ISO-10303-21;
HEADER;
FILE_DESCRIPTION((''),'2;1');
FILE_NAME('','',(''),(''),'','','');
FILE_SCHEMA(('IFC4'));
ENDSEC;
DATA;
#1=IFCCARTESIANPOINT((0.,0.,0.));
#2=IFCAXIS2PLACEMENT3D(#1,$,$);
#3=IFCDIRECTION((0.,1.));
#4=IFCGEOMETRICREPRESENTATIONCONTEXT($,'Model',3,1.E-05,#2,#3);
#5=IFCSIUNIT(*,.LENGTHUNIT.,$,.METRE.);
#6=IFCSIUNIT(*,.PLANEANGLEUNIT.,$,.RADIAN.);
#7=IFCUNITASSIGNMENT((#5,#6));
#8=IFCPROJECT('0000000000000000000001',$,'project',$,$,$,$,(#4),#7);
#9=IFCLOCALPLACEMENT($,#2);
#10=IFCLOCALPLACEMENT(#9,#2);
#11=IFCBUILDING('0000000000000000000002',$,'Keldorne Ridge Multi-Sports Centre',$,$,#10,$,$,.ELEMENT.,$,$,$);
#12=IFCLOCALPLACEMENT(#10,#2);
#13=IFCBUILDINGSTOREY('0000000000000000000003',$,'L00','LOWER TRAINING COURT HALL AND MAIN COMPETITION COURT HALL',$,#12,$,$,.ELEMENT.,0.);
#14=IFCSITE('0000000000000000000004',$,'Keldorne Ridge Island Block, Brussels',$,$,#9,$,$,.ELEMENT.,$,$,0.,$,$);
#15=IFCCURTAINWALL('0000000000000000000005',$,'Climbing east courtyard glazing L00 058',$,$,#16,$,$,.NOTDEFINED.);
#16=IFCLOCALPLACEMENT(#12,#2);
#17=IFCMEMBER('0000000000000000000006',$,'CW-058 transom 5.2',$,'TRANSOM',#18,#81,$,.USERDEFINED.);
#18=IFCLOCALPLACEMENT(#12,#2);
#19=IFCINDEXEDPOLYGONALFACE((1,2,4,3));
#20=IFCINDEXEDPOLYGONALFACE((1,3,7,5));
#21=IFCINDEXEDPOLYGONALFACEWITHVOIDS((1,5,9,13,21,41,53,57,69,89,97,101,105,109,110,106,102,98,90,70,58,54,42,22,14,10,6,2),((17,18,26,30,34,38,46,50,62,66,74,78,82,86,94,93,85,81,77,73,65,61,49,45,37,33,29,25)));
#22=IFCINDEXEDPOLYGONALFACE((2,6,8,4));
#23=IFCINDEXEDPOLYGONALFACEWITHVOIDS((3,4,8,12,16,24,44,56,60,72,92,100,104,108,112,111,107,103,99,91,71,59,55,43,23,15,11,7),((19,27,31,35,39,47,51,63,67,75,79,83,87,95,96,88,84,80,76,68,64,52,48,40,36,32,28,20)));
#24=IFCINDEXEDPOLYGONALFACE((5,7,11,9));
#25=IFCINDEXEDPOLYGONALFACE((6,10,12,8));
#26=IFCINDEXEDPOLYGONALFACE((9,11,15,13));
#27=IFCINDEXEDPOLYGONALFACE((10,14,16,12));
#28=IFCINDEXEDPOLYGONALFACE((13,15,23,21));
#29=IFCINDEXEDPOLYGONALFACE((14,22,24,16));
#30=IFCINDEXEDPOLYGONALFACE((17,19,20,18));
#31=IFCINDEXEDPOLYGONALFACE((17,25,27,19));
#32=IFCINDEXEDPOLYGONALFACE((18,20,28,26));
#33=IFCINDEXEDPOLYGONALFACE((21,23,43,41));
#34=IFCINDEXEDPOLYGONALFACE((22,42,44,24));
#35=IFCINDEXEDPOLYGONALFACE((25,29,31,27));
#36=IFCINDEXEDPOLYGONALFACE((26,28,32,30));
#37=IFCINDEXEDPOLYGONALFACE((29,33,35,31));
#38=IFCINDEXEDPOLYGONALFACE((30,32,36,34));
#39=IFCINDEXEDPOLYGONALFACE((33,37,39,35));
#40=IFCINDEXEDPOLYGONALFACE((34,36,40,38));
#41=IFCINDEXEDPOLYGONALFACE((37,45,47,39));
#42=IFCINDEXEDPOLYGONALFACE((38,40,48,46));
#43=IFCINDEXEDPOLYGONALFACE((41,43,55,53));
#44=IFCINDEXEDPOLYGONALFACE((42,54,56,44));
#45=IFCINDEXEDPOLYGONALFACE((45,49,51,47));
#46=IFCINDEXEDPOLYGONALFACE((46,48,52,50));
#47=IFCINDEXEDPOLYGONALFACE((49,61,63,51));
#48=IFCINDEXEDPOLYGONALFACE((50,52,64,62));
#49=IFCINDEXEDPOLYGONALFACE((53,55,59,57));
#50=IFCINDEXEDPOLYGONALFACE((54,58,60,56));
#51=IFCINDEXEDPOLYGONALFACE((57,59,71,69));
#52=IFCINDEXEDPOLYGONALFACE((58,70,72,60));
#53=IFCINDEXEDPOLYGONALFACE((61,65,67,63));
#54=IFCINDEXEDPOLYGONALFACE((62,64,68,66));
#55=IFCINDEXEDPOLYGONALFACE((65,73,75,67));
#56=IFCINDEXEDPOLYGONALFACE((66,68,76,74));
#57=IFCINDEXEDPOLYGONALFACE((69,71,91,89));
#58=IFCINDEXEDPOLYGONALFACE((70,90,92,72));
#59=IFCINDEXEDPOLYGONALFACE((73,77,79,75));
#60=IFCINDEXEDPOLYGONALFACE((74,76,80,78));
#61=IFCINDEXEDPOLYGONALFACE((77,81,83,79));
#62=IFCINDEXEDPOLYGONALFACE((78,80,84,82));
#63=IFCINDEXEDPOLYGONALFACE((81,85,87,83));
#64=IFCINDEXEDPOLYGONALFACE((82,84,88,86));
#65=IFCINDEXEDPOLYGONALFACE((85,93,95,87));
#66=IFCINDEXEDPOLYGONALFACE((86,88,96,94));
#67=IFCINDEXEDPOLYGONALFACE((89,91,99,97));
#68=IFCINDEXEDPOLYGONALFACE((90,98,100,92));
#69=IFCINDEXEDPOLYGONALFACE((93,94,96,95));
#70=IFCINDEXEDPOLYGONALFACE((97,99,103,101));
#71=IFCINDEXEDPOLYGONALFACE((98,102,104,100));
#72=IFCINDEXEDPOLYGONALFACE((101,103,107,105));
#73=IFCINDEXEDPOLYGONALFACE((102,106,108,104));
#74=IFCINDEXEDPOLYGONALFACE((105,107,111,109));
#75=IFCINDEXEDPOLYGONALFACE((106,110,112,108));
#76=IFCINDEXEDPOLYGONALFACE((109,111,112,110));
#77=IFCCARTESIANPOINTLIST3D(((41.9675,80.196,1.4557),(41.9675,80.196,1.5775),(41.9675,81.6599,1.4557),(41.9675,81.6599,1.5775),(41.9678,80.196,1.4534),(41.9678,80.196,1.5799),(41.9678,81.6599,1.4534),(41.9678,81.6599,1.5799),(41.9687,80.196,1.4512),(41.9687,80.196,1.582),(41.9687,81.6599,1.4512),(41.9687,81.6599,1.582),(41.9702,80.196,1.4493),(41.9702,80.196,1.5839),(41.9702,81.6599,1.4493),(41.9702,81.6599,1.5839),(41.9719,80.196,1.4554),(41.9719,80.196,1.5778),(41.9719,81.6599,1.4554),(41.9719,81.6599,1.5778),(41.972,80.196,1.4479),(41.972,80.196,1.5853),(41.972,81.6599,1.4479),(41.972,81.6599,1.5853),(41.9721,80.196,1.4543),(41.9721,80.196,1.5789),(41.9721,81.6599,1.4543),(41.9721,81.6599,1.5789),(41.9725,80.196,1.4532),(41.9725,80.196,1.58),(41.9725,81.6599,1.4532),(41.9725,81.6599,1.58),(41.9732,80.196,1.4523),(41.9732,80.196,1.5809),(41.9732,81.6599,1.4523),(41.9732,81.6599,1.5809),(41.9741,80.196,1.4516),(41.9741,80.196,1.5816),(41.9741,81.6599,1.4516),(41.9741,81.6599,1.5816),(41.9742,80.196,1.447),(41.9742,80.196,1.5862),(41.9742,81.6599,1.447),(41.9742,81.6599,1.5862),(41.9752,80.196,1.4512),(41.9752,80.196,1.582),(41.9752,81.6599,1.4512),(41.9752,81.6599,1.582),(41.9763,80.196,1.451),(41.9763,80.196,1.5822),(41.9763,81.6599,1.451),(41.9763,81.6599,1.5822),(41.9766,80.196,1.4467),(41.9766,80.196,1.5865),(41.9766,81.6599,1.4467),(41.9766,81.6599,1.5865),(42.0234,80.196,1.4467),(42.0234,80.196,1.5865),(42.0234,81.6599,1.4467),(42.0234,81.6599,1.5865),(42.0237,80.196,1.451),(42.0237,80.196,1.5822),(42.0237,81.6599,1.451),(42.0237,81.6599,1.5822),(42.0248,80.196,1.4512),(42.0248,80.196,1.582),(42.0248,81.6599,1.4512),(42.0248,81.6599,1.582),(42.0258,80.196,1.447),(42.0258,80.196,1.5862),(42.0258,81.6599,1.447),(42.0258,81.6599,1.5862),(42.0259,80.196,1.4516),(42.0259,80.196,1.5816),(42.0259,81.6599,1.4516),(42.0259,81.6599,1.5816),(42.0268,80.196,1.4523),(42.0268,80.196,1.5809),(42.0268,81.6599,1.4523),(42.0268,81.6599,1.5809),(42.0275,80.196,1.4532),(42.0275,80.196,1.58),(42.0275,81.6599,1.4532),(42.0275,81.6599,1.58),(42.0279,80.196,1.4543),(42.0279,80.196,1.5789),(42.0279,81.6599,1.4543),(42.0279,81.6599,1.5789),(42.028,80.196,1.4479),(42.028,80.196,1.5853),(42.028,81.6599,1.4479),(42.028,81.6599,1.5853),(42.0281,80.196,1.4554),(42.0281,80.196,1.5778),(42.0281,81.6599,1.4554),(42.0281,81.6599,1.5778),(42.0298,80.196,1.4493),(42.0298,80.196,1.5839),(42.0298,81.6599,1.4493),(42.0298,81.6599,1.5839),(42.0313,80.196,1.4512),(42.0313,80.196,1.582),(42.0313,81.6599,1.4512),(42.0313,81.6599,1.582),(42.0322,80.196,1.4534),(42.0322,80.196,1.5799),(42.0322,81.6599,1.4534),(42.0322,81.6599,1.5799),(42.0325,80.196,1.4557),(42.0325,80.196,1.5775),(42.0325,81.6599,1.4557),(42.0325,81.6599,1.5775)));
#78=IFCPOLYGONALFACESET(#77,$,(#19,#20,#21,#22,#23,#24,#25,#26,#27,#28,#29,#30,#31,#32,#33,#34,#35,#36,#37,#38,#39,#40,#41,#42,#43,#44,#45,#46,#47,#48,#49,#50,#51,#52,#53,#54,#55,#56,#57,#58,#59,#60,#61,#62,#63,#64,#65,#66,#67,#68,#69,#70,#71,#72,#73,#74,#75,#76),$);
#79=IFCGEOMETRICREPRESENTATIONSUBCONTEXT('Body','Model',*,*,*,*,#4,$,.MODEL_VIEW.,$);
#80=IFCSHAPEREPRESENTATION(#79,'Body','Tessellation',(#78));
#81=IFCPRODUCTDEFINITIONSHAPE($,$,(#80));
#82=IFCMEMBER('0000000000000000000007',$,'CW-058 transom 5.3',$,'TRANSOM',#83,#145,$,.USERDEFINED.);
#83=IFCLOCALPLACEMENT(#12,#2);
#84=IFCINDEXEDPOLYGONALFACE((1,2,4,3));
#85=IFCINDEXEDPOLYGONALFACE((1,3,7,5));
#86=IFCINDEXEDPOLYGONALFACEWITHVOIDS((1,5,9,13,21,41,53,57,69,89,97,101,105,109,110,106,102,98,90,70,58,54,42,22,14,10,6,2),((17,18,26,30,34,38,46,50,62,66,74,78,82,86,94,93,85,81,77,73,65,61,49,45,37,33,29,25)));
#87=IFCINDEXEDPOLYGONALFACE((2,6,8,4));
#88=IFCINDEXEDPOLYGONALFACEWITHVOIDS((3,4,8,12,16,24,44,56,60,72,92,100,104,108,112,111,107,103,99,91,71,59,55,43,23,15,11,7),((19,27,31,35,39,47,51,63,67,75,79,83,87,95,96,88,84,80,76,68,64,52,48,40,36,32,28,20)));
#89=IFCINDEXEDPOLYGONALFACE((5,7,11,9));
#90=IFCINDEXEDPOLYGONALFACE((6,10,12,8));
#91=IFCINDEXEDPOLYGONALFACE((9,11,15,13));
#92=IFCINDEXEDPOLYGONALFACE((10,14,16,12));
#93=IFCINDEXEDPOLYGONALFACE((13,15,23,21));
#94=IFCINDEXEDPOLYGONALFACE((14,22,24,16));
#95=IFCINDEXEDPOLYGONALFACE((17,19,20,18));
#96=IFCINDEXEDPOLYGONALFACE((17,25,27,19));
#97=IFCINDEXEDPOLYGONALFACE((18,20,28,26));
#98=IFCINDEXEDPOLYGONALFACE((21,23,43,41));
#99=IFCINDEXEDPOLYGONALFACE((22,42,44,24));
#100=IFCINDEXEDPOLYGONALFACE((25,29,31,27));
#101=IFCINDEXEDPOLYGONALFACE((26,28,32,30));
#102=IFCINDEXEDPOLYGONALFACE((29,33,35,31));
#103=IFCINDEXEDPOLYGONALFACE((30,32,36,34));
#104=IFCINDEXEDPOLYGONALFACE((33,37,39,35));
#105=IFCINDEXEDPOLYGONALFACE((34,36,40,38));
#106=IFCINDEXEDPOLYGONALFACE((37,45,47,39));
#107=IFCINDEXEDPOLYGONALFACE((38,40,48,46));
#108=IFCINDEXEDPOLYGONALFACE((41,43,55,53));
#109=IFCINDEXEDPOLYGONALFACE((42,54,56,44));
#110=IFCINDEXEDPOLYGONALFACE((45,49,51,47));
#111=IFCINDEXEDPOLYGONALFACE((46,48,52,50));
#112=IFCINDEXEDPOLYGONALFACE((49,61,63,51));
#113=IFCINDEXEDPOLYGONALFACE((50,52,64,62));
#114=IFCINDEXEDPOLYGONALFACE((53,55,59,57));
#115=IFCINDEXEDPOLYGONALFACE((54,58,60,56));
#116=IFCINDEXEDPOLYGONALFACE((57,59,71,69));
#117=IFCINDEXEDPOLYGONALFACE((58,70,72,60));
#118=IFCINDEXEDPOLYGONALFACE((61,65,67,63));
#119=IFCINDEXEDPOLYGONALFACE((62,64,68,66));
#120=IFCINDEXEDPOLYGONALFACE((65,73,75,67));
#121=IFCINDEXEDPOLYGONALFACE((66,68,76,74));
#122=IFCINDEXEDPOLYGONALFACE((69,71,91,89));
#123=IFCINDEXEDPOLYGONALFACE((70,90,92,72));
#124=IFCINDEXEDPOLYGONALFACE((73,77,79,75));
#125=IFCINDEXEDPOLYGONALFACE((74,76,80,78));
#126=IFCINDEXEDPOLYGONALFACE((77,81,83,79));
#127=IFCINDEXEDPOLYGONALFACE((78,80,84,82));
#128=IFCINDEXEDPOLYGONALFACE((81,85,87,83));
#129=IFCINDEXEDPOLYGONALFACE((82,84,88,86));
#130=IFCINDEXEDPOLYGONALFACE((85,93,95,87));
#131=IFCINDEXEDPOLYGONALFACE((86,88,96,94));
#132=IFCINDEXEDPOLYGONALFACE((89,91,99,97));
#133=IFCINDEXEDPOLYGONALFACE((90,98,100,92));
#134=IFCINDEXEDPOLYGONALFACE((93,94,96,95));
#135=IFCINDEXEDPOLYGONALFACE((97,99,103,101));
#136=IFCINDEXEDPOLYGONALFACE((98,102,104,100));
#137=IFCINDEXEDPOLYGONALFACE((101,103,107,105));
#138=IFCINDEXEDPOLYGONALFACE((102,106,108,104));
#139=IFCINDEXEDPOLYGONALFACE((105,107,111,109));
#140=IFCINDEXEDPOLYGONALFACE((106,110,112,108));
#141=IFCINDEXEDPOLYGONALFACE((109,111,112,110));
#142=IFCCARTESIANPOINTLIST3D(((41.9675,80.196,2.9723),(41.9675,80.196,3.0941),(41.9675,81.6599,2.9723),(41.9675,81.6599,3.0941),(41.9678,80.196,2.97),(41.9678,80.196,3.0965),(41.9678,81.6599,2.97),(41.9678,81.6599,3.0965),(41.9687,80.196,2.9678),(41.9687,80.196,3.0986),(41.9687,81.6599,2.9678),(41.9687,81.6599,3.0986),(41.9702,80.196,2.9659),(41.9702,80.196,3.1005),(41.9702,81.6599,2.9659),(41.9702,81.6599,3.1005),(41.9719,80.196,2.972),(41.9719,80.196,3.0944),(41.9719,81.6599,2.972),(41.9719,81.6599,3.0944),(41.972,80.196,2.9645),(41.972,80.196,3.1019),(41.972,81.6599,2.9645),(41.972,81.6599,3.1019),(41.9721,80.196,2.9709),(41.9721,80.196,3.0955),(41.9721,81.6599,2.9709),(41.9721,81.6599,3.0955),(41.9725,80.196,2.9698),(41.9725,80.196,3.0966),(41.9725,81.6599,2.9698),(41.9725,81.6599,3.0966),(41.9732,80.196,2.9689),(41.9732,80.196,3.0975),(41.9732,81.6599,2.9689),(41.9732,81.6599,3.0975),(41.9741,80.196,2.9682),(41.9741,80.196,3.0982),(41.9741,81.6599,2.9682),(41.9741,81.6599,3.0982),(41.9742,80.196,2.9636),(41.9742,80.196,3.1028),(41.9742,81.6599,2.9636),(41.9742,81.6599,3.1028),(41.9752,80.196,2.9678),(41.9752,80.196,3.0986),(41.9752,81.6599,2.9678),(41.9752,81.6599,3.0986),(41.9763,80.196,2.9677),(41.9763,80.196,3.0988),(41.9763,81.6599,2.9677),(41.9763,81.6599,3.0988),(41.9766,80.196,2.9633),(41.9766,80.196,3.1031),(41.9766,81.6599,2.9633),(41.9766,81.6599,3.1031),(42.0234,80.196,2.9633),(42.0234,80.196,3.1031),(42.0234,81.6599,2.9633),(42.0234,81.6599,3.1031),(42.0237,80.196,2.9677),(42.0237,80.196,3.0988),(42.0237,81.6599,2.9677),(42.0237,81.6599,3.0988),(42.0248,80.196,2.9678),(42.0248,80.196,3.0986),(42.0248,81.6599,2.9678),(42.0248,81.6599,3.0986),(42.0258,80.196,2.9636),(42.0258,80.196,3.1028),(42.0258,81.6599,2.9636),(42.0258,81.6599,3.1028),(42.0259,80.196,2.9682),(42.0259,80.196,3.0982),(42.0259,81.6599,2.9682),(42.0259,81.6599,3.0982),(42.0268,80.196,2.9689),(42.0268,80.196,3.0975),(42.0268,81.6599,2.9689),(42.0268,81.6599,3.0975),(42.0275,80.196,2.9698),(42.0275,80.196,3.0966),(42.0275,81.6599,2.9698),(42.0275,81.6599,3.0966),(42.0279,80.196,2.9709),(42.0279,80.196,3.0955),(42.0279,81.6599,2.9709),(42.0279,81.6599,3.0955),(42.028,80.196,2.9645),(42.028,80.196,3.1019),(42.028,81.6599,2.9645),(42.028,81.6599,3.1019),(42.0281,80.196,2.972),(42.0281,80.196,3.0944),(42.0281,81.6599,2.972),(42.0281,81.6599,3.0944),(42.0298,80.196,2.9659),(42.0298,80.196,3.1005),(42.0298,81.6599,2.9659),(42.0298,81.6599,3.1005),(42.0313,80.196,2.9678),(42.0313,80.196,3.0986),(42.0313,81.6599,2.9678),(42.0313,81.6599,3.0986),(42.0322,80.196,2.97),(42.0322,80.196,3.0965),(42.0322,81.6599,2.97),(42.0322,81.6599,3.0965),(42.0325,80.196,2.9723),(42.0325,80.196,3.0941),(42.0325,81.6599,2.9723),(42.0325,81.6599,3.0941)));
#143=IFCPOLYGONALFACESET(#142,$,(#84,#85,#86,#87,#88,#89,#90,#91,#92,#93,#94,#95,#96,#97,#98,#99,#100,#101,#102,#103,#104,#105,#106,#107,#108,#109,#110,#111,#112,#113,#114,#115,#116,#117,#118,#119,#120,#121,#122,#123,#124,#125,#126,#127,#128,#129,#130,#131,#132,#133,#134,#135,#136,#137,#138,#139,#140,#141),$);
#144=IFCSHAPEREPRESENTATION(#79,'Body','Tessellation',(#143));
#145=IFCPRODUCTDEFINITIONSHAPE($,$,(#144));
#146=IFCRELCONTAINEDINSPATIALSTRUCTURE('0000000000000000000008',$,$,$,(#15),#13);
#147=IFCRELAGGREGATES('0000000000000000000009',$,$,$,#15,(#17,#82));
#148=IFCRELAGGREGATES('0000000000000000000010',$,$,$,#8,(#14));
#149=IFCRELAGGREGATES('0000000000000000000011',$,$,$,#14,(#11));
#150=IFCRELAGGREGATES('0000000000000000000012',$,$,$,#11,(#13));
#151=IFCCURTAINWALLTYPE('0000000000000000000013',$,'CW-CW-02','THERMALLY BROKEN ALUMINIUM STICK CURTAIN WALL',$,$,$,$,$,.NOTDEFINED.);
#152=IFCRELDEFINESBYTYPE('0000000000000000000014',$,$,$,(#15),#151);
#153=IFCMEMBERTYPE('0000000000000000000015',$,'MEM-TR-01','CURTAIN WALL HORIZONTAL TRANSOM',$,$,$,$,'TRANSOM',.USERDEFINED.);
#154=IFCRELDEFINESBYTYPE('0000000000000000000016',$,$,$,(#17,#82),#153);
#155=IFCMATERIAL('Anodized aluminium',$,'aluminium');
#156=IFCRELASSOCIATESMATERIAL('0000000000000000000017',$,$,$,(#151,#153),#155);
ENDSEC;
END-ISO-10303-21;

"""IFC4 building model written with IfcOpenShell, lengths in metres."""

from ifc_helpers import new_model, si_unit, direction, frame, origin, origin_2d, place, context, subcontext, project, spatial, hollow_rectangle, extrude, material, material_profile, profile_set, type_object, element, aggregate, save


model = new_model("IFC4")

# Units and contexts
model_context = context("Model", 3, precision=1e-05, world=origin(), true_north=direction((0.0, 1.0)))
body_context = subcontext(model_context, "Body", "Model", "MODEL_VIEW")
ifc_project = project(units=[si_unit("LENGTHUNIT", "METRE"), si_unit("PLANEANGLEUNIT", "RADIAN")], contexts=[model_context])

# Site, building, storey
site_placement = place(None, origin())
site = spatial("IfcSite", under=ifc_project, at=site_placement, Name="Keldorne Ridge Island Block, Brussels", CompositionType="ELEMENT", RefElevation=0.0)
building_placement = place(site_placement, origin())
building = spatial("IfcBuilding", under=site, at=building_placement, Name="Keldorne Ridge Multi-Sports Centre", CompositionType="ELEMENT")
storey_placement = place(building_placement, origin())
storey = spatial("IfcBuildingStorey", under=building, at=storey_placement, Name="L00", Description="LOWER TRAINING COURT HALL AND MAIN COMPETITION COURT HALL", CompositionType="ELEMENT", Elevation=0.0)

# Curtain wall, members
ifc_material_1 = material(Name="Anodized aluminium", Category="aluminium")
curtain_wall_type = type_object("IfcCurtainWallType", Name="CW-CW-02", Description="THERMALLY BROKEN ALUMINIUM STICK CURTAIN WALL", PredefinedType="NOTDEFINED", material=ifc_material_1)
curtain_wall_placement = place(storey_placement, origin())
curtain_wall = element("IfcCurtainWall", 1, at=curtain_wall_placement, inside=storey, type_object=curtain_wall_type, Name="Climbing east courtyard glazing L00 058", PredefinedType="NOTDEFINED")
ifc_material_profile_1 = material_profile(ifc_material_1, hollow_rectangle(XDim=0.0649, YDim=0.1399, WallThickness=0.0044, InnerFilletRadius=0.0044, OuterFilletRadius=0.009, at=origin_2d()), Name="ALU TRANSOM 140x65x4.5")
ifc_profile_set_1 = profile_set([ifc_material_profile_1], Name="Anodized aluminium")
member_type_1 = type_object("IfcMemberType", Name="MEM-TR-01", Description="CURTAIN WALL HORIZONTAL TRANSOM", ElementType="TRANSOM", PredefinedType="USERDEFINED", material=ifc_profile_set_1)
member_1_placement = place(storey_placement, frame((42.0, 80.196, 1.5166), z_axis=(0.0, 1.0, 0.0), x_axis=(-1.0, 0.0, 0.0)))
member_1 = element("IfcMember", 2, at=member_1_placement, type_object=member_type_1, Name="CW-058 transom 5.2", ObjectType="TRANSOM", PredefinedType="USERDEFINED", context=body_context, shape_type="SweptSolid", body=[
    extrude(hollow_rectangle(XDim=0.0649, YDim=0.1399, WallThickness=0.0044, InnerFilletRadius=0.0044, OuterFilletRadius=0.009, at=origin_2d()), origin(), (0.0, 0.0, 1.0), 1.4639),
])
member_2_placement = place(storey_placement, frame((42.0, 80.196, 3.0332), z_axis=(0.0, 1.0, 0.0), x_axis=(-1.0, 0.0, 0.0)))
member_2 = element("IfcMember", 3, at=member_2_placement, type_object=member_type_1, Name="CW-058 transom 5.3", ObjectType="TRANSOM", PredefinedType="USERDEFINED", context=body_context, shape_type="SweptSolid", body=[
    extrude(hollow_rectangle(XDim=0.0649, YDim=0.1399, WallThickness=0.0044, InnerFilletRadius=0.0044, OuterFilletRadius=0.009, at=origin_2d()), origin(), (0.0, 0.0, 1.0), 1.4639),
])
aggregate(curtain_wall, [member_1, member_2])

save(model, "model.ifc")
